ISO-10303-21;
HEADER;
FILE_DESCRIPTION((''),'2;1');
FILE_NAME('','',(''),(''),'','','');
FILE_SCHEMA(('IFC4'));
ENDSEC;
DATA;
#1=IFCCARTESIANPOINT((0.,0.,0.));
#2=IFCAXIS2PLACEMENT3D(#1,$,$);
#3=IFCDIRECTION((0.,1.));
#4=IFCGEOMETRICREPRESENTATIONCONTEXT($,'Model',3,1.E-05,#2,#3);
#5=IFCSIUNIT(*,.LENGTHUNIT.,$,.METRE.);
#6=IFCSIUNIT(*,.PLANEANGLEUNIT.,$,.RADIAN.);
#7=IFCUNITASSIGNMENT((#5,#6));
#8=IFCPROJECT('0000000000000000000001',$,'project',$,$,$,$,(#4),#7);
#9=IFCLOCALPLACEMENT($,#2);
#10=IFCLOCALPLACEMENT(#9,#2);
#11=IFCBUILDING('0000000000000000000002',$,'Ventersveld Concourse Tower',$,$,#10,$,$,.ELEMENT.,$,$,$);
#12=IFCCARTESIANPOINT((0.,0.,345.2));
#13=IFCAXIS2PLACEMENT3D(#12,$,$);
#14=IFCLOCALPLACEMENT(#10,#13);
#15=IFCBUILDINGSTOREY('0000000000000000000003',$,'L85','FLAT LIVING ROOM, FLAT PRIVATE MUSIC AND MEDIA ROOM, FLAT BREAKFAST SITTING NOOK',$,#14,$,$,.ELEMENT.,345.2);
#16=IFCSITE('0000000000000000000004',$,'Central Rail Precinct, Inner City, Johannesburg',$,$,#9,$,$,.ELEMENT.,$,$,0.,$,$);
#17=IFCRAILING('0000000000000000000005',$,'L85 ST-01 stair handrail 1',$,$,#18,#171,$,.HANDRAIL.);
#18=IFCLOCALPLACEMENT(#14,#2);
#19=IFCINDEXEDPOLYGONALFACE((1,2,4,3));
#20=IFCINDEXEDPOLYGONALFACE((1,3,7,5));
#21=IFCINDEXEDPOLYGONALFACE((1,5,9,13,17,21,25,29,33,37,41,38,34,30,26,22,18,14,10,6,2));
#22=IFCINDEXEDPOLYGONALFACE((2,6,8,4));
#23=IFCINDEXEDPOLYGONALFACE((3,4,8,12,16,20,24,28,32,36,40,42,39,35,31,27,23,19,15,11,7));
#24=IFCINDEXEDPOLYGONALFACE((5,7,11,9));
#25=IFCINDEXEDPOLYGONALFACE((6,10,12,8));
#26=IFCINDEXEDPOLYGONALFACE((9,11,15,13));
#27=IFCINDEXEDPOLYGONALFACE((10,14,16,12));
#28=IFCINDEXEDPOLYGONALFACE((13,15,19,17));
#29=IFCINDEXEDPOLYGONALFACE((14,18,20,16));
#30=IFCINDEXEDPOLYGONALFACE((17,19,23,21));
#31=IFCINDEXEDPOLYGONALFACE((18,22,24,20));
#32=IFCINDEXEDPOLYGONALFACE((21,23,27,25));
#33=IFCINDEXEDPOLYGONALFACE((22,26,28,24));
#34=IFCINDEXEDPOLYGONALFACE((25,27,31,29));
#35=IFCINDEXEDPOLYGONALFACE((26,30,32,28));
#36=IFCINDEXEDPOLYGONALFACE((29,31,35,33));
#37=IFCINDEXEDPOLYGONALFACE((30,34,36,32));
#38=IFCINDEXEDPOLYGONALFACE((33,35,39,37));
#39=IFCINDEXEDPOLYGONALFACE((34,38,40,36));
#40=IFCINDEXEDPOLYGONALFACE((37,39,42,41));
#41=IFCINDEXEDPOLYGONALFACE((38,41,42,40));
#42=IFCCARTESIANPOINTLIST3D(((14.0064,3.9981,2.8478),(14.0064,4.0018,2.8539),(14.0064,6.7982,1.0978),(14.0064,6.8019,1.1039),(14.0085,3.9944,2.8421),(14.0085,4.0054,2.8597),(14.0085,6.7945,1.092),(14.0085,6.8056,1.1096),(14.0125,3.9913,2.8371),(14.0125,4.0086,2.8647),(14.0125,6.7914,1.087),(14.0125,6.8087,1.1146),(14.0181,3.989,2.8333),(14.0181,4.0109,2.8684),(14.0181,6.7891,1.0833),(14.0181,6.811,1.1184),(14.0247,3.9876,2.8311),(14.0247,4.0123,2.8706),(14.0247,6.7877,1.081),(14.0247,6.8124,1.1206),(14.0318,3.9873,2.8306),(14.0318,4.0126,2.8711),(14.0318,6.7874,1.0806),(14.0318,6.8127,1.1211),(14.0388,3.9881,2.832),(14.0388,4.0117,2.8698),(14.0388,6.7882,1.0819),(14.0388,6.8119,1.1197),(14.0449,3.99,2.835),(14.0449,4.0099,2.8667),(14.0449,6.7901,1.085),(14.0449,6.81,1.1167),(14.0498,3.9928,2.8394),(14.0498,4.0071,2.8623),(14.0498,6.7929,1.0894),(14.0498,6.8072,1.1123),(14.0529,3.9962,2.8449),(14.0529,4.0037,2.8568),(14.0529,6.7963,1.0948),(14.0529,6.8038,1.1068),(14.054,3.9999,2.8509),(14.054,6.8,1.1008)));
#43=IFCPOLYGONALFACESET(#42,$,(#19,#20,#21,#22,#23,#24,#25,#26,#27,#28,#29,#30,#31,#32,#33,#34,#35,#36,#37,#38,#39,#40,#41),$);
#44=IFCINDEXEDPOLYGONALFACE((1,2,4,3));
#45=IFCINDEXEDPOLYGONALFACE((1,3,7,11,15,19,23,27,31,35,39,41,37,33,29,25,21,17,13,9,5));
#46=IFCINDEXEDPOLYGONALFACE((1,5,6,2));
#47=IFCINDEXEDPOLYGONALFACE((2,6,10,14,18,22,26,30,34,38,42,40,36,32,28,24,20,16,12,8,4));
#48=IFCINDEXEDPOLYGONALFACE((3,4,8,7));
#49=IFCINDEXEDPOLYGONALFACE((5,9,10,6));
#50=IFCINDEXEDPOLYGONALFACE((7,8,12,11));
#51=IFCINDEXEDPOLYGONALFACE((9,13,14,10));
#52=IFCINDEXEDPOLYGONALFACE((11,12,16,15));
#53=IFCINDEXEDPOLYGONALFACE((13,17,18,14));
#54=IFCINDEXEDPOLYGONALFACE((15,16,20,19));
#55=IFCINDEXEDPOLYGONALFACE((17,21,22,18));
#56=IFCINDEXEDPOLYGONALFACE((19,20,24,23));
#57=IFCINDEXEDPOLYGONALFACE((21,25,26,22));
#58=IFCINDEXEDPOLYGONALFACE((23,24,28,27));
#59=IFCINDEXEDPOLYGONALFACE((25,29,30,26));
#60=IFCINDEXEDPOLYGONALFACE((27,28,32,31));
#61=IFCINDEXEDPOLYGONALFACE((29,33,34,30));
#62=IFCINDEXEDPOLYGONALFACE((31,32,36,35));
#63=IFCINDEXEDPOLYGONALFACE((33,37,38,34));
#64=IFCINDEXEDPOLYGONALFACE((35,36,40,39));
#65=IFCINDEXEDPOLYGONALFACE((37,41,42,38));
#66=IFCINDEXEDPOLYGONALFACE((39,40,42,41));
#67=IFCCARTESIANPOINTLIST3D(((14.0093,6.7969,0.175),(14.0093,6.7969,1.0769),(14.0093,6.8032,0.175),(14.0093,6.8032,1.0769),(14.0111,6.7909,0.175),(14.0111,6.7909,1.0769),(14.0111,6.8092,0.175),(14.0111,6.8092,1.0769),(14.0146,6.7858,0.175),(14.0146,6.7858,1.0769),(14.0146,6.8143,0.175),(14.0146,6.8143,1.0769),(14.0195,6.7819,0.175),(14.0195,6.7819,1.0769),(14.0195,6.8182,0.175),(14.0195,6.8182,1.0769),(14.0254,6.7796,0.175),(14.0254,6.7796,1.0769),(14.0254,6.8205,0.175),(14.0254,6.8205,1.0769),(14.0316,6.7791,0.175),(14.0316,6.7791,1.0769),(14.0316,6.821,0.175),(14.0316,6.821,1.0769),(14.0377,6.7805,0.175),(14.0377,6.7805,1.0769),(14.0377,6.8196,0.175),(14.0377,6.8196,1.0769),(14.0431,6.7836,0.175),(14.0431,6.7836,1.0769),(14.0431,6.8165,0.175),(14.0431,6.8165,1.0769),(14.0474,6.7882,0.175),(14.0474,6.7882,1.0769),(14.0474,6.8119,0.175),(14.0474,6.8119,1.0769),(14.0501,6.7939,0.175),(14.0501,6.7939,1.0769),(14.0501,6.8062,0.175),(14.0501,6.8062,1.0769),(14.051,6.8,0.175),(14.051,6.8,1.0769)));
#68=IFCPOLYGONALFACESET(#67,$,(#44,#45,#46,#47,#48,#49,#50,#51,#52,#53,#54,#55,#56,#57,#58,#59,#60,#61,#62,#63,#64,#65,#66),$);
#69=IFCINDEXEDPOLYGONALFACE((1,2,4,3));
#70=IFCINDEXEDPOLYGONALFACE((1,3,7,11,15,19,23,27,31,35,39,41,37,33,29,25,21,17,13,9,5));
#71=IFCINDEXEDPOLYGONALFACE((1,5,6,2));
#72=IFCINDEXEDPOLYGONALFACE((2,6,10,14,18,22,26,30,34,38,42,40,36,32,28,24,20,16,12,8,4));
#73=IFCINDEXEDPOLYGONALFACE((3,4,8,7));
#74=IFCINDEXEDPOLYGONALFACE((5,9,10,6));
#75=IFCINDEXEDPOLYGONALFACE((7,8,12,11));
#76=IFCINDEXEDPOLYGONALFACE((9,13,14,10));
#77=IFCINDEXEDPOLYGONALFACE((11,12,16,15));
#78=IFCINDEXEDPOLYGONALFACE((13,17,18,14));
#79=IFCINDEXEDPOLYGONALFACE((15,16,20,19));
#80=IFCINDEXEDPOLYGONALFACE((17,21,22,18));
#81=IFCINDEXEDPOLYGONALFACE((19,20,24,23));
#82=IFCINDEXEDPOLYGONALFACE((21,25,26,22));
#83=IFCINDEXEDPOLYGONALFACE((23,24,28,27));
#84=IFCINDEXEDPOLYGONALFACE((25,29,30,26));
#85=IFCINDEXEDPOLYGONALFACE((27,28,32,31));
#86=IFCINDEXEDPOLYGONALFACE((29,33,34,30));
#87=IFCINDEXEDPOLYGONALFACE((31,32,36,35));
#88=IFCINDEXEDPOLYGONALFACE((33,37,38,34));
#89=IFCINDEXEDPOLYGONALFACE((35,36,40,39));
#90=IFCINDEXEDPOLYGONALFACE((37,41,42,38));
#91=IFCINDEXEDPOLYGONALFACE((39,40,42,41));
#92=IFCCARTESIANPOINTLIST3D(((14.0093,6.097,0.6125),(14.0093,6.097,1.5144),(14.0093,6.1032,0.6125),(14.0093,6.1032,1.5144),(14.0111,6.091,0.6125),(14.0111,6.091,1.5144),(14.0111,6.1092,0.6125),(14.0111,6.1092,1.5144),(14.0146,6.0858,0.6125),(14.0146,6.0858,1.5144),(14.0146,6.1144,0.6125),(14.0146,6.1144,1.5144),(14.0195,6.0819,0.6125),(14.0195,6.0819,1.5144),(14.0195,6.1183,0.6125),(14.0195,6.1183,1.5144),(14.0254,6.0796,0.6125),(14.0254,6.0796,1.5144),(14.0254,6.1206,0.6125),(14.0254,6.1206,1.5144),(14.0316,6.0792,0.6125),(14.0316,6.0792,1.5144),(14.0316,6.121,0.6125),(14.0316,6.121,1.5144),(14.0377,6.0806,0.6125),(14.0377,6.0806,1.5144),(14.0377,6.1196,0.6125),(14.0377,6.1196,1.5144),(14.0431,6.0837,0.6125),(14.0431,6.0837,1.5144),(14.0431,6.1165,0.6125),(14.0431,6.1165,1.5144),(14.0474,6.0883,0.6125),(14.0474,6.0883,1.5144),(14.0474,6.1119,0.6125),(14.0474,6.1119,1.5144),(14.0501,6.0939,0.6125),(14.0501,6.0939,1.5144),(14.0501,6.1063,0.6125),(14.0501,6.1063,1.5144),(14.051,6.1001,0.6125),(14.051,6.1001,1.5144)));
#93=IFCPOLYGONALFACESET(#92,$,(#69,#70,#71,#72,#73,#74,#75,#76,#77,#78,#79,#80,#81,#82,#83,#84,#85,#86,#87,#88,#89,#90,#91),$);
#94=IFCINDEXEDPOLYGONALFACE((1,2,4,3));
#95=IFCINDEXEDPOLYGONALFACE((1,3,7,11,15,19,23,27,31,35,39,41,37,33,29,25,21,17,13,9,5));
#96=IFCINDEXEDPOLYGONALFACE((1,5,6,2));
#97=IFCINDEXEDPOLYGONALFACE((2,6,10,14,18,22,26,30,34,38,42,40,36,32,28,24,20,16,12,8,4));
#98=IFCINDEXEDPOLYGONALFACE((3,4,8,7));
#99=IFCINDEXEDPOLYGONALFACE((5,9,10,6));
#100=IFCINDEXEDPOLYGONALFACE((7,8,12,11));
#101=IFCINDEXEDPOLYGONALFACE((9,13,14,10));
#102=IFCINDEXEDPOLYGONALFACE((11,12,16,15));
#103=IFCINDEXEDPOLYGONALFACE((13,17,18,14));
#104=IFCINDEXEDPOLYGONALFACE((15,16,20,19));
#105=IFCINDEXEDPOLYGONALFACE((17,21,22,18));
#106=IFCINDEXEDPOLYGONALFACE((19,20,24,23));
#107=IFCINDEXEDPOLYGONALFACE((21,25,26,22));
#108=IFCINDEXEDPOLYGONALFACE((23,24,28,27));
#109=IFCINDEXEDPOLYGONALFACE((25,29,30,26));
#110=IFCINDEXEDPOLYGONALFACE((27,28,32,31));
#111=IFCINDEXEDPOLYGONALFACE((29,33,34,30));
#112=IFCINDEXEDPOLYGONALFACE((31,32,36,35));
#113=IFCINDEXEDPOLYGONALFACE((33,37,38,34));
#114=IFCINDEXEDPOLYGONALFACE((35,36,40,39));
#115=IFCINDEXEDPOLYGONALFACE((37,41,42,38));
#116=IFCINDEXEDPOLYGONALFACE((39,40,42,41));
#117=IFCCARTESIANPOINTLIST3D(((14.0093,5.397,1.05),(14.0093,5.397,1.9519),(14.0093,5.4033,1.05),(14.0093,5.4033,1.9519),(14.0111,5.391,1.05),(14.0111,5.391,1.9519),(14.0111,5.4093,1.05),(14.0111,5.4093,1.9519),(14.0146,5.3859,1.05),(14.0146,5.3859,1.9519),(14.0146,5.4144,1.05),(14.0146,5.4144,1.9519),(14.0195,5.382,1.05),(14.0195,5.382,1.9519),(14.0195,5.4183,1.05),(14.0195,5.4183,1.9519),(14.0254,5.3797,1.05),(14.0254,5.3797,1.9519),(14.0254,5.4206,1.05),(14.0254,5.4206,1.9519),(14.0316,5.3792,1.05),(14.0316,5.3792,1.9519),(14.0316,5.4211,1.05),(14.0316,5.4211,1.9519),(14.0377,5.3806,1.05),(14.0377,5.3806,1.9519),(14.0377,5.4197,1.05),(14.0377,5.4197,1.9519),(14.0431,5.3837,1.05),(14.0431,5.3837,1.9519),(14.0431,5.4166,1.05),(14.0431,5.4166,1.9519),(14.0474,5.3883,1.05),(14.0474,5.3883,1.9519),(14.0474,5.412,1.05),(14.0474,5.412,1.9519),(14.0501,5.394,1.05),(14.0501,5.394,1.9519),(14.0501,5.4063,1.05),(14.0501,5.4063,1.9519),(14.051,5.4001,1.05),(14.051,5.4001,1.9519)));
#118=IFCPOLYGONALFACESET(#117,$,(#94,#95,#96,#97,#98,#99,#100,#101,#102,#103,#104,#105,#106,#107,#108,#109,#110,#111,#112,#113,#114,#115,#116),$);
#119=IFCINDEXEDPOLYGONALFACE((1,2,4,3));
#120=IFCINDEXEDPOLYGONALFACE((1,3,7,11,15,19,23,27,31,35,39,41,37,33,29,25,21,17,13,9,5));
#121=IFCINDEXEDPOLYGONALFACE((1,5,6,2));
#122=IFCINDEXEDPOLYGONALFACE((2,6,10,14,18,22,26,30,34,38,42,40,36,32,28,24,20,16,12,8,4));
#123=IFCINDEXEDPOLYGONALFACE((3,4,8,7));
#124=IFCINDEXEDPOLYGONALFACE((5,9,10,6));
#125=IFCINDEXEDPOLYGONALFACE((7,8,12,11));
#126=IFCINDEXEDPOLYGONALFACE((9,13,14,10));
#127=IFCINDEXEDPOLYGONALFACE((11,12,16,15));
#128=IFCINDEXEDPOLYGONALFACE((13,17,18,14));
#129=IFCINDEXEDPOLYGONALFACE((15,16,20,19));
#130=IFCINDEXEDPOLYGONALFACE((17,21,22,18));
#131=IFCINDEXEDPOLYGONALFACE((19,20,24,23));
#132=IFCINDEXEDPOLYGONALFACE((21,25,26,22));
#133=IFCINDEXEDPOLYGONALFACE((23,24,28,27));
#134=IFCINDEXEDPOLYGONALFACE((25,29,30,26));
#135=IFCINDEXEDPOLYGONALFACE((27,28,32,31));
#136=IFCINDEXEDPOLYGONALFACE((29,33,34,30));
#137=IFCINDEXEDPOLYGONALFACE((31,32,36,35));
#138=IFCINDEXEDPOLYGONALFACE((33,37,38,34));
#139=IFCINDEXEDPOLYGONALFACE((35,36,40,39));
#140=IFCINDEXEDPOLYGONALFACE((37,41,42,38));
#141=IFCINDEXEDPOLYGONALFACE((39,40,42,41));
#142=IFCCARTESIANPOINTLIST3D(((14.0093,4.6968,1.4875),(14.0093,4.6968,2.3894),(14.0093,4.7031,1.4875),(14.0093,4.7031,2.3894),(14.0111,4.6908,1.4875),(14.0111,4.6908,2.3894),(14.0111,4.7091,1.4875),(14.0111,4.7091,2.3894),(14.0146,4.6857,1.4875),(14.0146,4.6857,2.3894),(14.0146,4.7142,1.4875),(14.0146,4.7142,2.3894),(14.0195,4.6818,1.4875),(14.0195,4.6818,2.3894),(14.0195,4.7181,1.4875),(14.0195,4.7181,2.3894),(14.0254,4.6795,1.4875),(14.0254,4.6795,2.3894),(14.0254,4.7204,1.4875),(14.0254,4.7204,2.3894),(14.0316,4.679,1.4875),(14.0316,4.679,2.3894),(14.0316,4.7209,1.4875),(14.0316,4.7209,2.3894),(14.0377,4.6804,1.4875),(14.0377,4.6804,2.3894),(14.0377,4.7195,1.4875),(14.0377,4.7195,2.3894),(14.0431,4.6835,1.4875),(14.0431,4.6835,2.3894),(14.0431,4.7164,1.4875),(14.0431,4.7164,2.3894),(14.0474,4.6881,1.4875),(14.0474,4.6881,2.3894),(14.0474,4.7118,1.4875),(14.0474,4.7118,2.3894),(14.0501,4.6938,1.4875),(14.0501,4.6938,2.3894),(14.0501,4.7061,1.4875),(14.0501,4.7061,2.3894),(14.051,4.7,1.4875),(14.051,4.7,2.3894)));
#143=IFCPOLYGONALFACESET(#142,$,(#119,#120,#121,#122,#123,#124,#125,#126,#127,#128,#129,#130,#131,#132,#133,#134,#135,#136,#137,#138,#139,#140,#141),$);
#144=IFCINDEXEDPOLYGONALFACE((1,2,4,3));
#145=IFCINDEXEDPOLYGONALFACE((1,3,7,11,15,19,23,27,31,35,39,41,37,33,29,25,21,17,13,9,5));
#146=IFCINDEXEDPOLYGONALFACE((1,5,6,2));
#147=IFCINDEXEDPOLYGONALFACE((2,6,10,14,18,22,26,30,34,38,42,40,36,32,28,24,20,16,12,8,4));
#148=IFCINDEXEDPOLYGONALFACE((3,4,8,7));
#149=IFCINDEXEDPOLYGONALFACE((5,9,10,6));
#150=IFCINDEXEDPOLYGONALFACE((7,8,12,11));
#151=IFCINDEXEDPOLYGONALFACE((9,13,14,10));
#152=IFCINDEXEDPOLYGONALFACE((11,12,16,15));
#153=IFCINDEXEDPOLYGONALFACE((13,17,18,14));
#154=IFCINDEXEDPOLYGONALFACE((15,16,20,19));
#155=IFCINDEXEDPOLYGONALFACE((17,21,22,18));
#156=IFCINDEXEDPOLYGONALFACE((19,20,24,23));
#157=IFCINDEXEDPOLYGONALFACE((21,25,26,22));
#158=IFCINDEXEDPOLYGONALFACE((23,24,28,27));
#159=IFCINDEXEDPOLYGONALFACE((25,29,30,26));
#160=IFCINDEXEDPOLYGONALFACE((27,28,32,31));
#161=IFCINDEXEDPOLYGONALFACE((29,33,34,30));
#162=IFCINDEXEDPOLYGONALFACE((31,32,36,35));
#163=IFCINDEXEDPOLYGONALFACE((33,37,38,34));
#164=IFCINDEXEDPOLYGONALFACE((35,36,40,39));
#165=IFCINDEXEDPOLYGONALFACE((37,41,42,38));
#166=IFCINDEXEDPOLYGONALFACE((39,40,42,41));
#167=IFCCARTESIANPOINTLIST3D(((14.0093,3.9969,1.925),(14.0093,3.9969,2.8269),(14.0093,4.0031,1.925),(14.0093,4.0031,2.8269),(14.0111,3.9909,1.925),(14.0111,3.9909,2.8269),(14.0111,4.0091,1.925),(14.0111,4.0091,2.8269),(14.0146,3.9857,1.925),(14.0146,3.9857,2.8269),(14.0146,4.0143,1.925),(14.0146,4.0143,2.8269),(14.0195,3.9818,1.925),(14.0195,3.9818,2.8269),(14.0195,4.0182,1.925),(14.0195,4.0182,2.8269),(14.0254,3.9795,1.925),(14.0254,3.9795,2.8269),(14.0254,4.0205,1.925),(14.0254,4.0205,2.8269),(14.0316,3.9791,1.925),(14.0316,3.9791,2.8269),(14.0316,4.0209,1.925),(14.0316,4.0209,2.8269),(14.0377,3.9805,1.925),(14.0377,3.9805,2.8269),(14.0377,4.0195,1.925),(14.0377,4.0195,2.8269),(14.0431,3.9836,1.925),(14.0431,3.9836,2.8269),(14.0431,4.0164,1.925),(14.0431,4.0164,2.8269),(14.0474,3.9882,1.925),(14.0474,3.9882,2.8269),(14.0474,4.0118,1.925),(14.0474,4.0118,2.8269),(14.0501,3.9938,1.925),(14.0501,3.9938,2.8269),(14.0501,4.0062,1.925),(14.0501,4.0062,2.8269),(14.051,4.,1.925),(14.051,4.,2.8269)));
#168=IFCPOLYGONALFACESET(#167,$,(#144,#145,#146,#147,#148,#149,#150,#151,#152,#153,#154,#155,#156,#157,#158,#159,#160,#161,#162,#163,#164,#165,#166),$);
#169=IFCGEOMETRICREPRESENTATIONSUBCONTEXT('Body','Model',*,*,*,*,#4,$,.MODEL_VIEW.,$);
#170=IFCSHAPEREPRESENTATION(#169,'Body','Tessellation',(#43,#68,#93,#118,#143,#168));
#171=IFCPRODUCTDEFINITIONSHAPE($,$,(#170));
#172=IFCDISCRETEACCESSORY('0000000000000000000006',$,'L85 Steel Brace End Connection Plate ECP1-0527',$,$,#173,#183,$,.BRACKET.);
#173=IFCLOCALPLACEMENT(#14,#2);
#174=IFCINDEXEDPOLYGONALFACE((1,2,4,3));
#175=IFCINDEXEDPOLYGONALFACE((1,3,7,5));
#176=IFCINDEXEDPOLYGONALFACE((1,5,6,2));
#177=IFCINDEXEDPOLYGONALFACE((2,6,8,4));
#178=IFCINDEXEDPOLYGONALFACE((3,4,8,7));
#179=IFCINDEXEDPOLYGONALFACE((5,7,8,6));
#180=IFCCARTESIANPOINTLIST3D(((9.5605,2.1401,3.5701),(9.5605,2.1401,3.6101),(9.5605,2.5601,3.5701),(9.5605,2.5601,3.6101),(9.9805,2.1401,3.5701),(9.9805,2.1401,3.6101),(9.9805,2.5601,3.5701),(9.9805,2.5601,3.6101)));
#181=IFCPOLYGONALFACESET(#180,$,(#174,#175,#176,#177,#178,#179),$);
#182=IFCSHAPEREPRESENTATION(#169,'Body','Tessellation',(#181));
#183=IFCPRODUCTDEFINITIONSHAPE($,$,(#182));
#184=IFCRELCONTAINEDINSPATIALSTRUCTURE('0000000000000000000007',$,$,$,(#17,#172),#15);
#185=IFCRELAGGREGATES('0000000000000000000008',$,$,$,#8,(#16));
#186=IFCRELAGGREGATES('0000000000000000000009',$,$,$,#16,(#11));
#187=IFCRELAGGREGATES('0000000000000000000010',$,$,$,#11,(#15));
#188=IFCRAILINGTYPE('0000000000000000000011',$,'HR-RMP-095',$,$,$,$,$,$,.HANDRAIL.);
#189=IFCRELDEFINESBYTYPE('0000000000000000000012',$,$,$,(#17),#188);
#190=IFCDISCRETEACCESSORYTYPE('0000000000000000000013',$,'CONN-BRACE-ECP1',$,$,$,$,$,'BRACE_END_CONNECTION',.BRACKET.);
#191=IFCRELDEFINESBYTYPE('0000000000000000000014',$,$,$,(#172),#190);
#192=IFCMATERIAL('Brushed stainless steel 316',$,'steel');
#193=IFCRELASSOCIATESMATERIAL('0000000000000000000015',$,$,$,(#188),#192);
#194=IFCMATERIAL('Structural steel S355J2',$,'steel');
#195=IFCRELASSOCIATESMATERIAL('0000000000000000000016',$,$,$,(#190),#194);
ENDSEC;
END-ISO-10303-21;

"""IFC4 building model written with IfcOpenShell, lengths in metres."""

from ifc_helpers import new_model, si_unit, direction, frame, origin, origin_2d, place, context, subcontext, project, spatial, rectangle, circle, extrude, material, type_object, element, save


model = new_model("IFC4")

# Units and contexts
model_context = context("Model", 3, precision=1e-05, world=origin(), true_north=direction((0.0, 1.0)))
body_context = subcontext(model_context, "Body", "Model", "MODEL_VIEW")
ifc_project = project(units=[si_unit("LENGTHUNIT", "METRE"), si_unit("PLANEANGLEUNIT", "RADIAN")], contexts=[model_context])

# Site, building, storey
site_placement = place(None, origin())
site = spatial("IfcSite", under=ifc_project, at=site_placement, Name="Central Rail Precinct, Inner City, Johannesburg", CompositionType="ELEMENT", RefElevation=0.0)
building_placement = place(site_placement, origin())
building = spatial("IfcBuilding", under=site, at=building_placement, Name="Ventersveld Concourse Tower", CompositionType="ELEMENT")
storey_placement = place(building_placement, frame((0.0, 0.0, 345.2)))
storey = spatial("IfcBuildingStorey", under=building, at=storey_placement, Name="L85", Description="FLAT LIVING ROOM, FLAT PRIVATE MUSIC AND MEDIA ROOM, FLAT BREAKFAST SITTING NOOK", CompositionType="ELEMENT", Elevation=345.2)

# Shared definitions
ifc_material_1 = material(Name="Structural steel S355J2", Category="steel")

# Railing
ifc_material_2 = material(Name="Brushed stainless steel 316", Category="steel")
railing_type_1 = type_object("IfcRailingType", Name="HR-RMP-095", PredefinedType="HANDRAIL", material=ifc_material_2)
railing_1_placement = place(storey_placement, frame((14.03, 6.8, 0.175)))
element("IfcRailing", 1, at=railing_1_placement, inside=storey, type_object=railing_type_1, Name="L85 ST-01 stair handrail 1", PredefinedType="HANDRAIL", context=body_context, shape_type="SweptSolid", body=[
    extrude(circle(Radius=0.0239, at=origin_2d()), frame((0.0, 0.0, 0.9258), z_axis=(0.0, -0.848002, 0.529992), x_axis=(1.0, 0.0, 0.0)), (0.0, 0.0, 1.0), 3.302),
    extrude(circle(Radius=0.021, at=origin_2d()), origin(), (0.0, 0.0, 1.0), 0.9019),
    extrude(circle(Radius=0.021, at=origin_2d()), frame((0.0, -0.7, 0.4375)), (0.0, 0.0, 1.0), 0.9019),
    extrude(circle(Radius=0.021, at=origin_2d()), frame((0.0, -1.3999, 0.875)), (0.0, 0.0, 1.0), 0.9019),
    extrude(circle(Radius=0.021, at=origin_2d()), frame((0.0, -2.1001, 1.3125)), (0.0, 0.0, 1.0), 0.9019),
    extrude(circle(Radius=0.021, at=origin_2d()), frame((0.0, -2.8, 1.75)), (0.0, 0.0, 1.0), 0.9019),
])

# Discrete accessory
discrete_accessory_type = type_object("IfcDiscreteAccessoryType", Name="CONN-BRACE-ECP1", ElementType="BRACE_END_CONNECTION", PredefinedType="BRACKET", material=ifc_material_1)
discrete_accessory_placement = place(storey_placement, frame((9.7705, 2.3501, 3.5701), z_axis=(0.0, 0.0, 1.0), x_axis=(1.0, 0.0, 0.0)))
element("IfcDiscreteAccessory", 2, at=discrete_accessory_placement, inside=storey, type_object=discrete_accessory_type, Name="L85 Steel Brace End Connection Plate ECP1-0527", PredefinedType="BRACKET", context=body_context, shape_type="SweptSolid", body=[
    extrude(rectangle(XDim=0.4199, YDim=0.4199, at=origin_2d()), origin(), (0.0, 0.0, 1.0), 0.04),
])

save(model, "model.ifc")
